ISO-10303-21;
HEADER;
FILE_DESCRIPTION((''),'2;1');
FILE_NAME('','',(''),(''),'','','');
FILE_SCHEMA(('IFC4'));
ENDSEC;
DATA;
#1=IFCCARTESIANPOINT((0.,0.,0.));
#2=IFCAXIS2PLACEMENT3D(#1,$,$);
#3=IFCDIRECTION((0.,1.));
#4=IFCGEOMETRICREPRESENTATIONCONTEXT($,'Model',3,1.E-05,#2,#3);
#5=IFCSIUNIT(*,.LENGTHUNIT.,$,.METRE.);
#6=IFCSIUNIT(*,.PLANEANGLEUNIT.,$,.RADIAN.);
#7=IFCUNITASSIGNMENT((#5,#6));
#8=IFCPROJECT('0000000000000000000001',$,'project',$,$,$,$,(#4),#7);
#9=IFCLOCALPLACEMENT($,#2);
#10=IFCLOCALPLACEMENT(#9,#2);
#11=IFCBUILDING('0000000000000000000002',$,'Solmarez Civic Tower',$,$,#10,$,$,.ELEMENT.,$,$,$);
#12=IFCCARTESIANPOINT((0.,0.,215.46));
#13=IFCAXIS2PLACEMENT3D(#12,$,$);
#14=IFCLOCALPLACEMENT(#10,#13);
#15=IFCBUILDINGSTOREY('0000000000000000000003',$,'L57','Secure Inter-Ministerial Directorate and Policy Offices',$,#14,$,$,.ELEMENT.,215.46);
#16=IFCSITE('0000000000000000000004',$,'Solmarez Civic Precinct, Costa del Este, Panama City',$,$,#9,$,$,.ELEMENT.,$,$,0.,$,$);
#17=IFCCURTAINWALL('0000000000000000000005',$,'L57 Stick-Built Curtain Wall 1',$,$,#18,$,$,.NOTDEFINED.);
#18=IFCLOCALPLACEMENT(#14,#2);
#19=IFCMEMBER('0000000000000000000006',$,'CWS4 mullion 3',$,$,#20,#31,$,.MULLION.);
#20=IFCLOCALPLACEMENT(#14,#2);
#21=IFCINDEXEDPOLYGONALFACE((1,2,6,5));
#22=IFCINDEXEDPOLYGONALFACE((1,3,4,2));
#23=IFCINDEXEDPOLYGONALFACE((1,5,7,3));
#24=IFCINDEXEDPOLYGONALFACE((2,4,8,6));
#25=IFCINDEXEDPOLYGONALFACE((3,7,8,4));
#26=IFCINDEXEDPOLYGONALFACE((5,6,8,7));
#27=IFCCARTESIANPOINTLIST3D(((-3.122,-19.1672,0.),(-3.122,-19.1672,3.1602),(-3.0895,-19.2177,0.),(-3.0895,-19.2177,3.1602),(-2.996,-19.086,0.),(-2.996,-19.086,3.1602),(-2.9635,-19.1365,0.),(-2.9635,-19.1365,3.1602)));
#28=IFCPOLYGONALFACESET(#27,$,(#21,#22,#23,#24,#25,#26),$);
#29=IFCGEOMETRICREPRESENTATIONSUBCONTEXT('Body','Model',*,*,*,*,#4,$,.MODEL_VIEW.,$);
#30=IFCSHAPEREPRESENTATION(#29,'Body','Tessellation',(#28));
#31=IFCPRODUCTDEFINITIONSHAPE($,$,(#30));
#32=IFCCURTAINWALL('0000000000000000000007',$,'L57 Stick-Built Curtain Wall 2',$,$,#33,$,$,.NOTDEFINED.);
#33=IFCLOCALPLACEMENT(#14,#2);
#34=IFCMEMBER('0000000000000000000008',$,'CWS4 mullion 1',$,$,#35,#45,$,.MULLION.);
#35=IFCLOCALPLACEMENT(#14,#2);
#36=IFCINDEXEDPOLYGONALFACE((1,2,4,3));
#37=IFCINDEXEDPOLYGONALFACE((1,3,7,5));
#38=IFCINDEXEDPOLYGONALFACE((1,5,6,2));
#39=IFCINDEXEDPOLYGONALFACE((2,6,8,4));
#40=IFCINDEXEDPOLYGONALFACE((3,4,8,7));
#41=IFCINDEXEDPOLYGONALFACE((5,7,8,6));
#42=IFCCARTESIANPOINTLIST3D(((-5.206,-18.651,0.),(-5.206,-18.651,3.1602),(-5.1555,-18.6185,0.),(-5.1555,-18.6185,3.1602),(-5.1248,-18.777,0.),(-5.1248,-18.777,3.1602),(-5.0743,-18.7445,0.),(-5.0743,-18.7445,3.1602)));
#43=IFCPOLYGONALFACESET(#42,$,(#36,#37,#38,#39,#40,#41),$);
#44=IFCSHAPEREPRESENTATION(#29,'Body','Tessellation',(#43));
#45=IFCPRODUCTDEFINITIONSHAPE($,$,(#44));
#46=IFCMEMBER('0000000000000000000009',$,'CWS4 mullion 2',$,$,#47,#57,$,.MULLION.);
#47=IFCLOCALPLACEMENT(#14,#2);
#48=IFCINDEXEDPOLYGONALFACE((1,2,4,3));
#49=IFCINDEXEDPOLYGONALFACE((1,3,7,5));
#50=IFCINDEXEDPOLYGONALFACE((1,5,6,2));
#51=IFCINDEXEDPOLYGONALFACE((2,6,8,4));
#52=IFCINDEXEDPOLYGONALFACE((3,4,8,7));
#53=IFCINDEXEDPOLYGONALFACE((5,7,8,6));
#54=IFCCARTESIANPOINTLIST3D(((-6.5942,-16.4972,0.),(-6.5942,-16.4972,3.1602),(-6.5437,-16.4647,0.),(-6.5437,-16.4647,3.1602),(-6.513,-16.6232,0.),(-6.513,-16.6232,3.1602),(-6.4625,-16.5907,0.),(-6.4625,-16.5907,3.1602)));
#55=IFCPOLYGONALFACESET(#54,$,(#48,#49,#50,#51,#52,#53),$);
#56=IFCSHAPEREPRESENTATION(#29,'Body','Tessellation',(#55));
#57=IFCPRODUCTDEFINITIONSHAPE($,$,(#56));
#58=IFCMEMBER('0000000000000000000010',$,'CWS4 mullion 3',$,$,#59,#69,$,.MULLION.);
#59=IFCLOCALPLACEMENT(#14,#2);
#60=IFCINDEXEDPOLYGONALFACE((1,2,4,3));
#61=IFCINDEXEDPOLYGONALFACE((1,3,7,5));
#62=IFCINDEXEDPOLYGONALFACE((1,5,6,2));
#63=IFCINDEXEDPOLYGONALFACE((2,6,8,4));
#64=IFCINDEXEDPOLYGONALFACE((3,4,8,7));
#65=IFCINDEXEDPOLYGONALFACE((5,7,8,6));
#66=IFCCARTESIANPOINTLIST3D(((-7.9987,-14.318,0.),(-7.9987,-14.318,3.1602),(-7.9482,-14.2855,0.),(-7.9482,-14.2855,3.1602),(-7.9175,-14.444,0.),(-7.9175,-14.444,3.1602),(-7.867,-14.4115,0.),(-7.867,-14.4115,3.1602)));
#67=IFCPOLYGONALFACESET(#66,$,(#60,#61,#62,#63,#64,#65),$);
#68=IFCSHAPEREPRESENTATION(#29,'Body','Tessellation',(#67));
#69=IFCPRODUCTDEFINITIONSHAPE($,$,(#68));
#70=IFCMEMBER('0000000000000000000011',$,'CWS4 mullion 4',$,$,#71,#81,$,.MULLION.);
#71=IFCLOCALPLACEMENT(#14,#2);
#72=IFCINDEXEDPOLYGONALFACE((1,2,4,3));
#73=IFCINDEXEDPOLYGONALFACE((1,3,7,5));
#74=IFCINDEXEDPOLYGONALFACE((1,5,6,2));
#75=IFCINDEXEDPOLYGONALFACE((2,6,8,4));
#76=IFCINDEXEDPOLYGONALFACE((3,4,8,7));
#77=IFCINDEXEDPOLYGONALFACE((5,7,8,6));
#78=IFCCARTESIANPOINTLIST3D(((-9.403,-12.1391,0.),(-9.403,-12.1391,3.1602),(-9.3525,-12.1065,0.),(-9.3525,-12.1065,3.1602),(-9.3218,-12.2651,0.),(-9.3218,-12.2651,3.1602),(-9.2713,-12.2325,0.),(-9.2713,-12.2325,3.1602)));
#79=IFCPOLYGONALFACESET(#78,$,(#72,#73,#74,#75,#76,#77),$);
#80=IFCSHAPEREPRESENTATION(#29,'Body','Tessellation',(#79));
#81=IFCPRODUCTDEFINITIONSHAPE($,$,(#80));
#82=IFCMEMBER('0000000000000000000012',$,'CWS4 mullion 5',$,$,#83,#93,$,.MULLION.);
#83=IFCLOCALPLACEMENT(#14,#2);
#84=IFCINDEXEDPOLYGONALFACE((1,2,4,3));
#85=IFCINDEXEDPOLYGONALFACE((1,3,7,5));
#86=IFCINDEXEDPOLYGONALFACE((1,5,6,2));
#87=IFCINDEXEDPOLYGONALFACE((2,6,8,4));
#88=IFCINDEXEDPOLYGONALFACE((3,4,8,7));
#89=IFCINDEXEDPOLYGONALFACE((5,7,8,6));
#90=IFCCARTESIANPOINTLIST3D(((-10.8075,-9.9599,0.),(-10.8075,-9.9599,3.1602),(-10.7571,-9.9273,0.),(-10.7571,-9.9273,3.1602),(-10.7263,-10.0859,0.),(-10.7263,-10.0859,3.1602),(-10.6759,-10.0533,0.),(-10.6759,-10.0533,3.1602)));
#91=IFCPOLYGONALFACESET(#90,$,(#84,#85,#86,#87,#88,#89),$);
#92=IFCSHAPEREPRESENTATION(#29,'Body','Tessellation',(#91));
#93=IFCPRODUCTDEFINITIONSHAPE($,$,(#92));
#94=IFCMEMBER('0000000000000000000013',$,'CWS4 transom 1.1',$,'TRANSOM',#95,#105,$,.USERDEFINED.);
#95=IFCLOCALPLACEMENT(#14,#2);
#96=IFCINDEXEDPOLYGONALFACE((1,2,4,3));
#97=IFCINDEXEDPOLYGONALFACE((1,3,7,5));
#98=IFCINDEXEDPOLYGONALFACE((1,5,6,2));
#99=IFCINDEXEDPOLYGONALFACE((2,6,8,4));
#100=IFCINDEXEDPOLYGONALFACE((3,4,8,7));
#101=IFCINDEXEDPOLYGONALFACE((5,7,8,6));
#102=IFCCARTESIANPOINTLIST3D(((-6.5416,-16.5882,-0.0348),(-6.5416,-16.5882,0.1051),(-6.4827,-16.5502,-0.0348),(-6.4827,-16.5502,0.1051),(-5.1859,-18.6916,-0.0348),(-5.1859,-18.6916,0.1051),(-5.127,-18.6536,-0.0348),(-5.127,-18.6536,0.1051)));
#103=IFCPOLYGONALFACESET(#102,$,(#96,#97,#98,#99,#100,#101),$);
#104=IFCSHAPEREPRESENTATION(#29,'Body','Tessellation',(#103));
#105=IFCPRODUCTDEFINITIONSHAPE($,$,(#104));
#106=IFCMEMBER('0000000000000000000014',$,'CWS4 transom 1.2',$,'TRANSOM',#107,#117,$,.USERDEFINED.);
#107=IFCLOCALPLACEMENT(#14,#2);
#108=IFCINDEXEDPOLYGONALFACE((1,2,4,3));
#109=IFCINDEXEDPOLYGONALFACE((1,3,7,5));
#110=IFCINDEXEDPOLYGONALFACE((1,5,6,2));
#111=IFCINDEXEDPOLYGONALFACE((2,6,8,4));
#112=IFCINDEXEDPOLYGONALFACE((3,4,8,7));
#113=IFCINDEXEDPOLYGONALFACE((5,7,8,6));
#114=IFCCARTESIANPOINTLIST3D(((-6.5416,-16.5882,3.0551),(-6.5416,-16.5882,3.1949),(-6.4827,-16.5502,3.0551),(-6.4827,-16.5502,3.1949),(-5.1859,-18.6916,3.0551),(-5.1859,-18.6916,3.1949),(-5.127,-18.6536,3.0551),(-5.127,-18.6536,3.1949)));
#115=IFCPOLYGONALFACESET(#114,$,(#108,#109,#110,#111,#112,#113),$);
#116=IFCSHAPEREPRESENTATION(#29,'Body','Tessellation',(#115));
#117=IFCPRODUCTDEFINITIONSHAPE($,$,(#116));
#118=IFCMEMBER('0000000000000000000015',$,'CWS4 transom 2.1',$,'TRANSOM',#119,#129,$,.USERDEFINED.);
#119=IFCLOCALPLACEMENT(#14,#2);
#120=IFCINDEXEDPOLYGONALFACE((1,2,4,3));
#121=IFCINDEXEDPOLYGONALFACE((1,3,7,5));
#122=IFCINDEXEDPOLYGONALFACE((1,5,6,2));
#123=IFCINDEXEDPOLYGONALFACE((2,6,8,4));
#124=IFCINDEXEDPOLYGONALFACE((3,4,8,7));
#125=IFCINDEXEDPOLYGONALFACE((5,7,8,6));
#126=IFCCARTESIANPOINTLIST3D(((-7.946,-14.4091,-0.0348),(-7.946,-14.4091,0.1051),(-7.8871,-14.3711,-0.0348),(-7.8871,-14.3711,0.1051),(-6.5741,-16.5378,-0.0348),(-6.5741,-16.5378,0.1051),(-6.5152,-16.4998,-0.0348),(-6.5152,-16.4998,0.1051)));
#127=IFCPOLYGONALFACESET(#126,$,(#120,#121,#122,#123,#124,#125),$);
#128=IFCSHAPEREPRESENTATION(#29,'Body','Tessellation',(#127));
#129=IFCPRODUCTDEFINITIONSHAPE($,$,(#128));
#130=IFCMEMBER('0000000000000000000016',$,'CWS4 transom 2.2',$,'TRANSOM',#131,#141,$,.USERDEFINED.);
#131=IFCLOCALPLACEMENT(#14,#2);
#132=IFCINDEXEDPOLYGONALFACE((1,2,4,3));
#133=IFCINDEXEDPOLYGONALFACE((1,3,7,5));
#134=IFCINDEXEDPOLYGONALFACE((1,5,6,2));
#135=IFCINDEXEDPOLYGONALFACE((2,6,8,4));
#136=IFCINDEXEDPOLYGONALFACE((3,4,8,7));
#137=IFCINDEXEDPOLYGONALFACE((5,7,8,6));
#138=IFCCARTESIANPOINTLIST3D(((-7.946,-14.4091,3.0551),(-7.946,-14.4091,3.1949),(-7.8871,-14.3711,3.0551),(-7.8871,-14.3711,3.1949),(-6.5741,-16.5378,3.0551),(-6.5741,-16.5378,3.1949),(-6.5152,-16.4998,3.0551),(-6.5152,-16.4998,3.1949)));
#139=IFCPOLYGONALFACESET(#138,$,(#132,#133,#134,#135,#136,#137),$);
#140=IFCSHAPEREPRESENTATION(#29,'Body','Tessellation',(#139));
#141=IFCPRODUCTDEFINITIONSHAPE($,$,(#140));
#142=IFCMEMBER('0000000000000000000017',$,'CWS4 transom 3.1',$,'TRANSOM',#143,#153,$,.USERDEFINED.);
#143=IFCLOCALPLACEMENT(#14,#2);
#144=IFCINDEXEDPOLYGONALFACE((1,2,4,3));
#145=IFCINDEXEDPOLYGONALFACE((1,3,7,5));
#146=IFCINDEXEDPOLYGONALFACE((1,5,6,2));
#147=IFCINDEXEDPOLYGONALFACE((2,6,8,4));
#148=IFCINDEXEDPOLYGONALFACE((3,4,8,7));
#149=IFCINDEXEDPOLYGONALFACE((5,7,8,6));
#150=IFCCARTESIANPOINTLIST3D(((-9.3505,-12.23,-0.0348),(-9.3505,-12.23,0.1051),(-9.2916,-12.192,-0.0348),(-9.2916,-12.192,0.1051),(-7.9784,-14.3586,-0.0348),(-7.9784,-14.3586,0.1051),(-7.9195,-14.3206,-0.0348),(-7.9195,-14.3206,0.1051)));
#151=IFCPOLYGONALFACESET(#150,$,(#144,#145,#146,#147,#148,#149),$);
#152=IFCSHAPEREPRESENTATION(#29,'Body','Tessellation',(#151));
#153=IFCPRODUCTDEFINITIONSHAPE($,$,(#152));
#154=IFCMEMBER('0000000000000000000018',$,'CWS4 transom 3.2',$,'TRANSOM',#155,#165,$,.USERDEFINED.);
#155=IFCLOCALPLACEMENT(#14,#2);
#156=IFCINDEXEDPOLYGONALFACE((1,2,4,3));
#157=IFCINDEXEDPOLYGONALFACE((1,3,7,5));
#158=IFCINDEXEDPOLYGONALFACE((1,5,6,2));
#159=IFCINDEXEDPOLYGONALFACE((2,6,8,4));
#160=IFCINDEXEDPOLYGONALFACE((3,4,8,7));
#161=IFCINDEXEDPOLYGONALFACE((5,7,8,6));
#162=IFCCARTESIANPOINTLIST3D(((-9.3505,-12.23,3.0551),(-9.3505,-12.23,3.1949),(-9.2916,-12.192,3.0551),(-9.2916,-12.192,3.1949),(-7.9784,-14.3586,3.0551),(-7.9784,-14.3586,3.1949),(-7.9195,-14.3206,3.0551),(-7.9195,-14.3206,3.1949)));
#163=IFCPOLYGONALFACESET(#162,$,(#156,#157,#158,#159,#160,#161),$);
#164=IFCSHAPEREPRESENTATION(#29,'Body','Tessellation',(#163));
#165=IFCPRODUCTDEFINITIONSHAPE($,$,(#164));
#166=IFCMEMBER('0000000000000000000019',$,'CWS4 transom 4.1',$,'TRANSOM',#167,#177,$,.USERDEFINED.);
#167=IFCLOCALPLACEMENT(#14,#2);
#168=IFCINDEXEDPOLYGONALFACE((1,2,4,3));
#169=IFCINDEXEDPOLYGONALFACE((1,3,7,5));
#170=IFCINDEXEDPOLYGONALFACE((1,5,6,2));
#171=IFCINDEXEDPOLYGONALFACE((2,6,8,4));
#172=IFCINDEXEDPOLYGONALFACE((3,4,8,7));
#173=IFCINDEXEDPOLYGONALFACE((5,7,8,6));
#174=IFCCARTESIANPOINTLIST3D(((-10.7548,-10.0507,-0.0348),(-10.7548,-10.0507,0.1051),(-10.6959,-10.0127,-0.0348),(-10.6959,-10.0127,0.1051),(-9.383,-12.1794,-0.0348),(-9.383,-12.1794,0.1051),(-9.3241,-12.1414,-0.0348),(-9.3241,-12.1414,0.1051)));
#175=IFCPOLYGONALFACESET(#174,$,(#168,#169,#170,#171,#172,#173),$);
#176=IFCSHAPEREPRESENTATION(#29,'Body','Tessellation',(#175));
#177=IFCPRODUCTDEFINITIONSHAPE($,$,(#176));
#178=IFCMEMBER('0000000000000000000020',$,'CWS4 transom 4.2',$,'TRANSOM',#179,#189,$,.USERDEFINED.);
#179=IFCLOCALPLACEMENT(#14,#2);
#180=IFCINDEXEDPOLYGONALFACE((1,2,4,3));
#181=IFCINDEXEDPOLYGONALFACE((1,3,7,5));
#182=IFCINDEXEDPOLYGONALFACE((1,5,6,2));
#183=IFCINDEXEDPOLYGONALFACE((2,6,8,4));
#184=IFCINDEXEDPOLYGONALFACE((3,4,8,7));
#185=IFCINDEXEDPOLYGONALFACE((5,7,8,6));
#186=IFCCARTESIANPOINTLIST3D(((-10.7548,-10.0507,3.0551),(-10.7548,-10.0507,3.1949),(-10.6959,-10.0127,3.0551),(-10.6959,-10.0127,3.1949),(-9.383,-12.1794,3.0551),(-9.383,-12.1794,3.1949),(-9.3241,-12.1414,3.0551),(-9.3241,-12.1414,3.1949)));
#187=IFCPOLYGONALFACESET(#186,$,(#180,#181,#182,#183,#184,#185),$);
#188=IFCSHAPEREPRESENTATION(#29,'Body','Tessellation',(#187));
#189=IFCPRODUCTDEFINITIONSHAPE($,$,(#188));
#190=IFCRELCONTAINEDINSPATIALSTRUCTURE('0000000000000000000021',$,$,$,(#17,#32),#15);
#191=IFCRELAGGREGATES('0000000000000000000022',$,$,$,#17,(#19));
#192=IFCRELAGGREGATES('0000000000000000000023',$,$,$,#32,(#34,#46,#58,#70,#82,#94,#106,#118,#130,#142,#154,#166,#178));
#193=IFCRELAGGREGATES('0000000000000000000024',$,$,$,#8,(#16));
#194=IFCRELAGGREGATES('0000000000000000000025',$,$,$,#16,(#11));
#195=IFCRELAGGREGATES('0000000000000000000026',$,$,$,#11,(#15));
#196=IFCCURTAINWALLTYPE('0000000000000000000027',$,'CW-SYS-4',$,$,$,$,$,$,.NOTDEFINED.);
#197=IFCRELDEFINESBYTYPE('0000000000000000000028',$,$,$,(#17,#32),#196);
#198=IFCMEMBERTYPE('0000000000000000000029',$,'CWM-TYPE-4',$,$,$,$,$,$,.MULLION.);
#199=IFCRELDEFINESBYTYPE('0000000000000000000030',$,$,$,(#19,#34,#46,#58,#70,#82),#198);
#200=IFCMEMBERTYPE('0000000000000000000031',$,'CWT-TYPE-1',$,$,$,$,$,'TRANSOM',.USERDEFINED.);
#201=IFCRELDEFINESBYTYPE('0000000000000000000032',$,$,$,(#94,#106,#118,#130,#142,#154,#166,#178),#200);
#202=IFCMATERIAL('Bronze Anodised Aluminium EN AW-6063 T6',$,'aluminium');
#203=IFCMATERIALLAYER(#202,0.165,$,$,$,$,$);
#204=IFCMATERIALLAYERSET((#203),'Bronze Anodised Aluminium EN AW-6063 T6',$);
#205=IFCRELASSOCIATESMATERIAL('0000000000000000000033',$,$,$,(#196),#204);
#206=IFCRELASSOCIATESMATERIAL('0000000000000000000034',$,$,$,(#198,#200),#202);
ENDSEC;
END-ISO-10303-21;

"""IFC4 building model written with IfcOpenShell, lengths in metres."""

from ifc_helpers import new_model, si_unit, direction, frame, origin, origin_2d, place, context, subcontext, project, spatial, rectangle, extrude, material, layer, layer_set, material_profile, profile_set, type_object, element, aggregate, save


model = new_model("IFC4")

# Units and contexts
model_context = context("Model", 3, precision=1e-05, world=origin(), true_north=direction((0.0, 1.0)))
body_context = subcontext(model_context, "Body", "Model", "MODEL_VIEW")
ifc_project = project(units=[si_unit("LENGTHUNIT", "METRE"), si_unit("PLANEANGLEUNIT", "RADIAN")], contexts=[model_context])

# Site, building, storey
site_placement = place(None, origin())
site = spatial("IfcSite", under=ifc_project, at=site_placement, Name="Solmarez Civic Precinct, Costa del Este, Panama City", CompositionType="ELEMENT", RefElevation=0.0)
building_placement = place(site_placement, origin())
building = spatial("IfcBuilding", under=site, at=building_placement, Name="Solmarez Civic Tower", CompositionType="ELEMENT")
storey_placement = place(building_placement, frame((0.0, 0.0, 215.46)))
storey = spatial("IfcBuildingStorey", under=building, at=storey_placement, Name="L57", Description="Secure Inter-Ministerial Directorate and Policy Offices", CompositionType="ELEMENT", Elevation=215.46)

# Curtain wall, member
ifc_material_1 = material(Name="Bronze Anodised Aluminium EN AW-6063 T6", Category="aluminium")
ifc_layer_1 = layer(ifc_material_1, 0.165)
ifc_layer_set_1 = layer_set([ifc_layer_1], Name="Bronze Anodised Aluminium EN AW-6063 T6")
curtain_wall_type = type_object("IfcCurtainWallType", Name="CW-SYS-4", PredefinedType="NOTDEFINED", material=ifc_layer_set_1)
curtain_wall_1_placement = place(storey_placement, origin())
curtain_wall_1 = element("IfcCurtainWall", 1, at=curtain_wall_1_placement, inside=storey, type_object=curtain_wall_type, Name="L57 Stick-Built Curtain Wall 1", PredefinedType="NOTDEFINED")
ifc_material_profile_1 = material_profile(ifc_material_1, rectangle(XDim=0.0601, YDim=0.1499, at=origin_2d()), Name="CWM-60X150")
ifc_profile_set_1 = profile_set([ifc_material_profile_1], Name="Bronze Anodised Aluminium EN AW-6063 T6")
member_type_1 = type_object("IfcMemberType", Name="CWM-TYPE-4", PredefinedType="MULLION", material=ifc_profile_set_1)
member_1_placement = place(storey_placement, frame((-3.0427, -19.1519, 0.0), z_axis=(0.0, 0.0, 1.0), x_axis=(0.541723, -0.840557, 0.0)))
member_1 = element("IfcMember", 2, at=member_1_placement, type_object=member_type_1, Name="CWS4 mullion 3", PredefinedType="MULLION", context=body_context, shape_type="SweptSolid", body=[
    extrude(rectangle(XDim=0.0601, YDim=0.1499, at=origin_2d()), origin(), (0.0, 0.0, 1.0), 3.1602),
])

# Curtain wall, members
curtain_wall_2_placement = place(storey_placement, origin())
curtain_wall_2 = element("IfcCurtainWall", 3, at=curtain_wall_2_placement, inside=storey, type_object=curtain_wall_type, Name="L57 Stick-Built Curtain Wall 2", PredefinedType="NOTDEFINED")
member_2_placement = place(storey_placement, frame((-5.1401, -18.6978, 0.0), z_axis=(0.0, 0.0, 1.0), x_axis=(-0.840555, -0.541726, 0.0)))
member_2 = element("IfcMember", 4, at=member_2_placement, type_object=member_type_1, Name="CWS4 mullion 1", PredefinedType="MULLION", context=body_context, shape_type="SweptSolid", body=[
    extrude(rectangle(XDim=0.0601, YDim=0.1499, at=origin_2d()), origin(), (0.0, 0.0, 1.0), 3.1602),
])
member_3_placement = place(storey_placement, frame((-6.5283, -16.5439, 0.0), z_axis=(0.0, 0.0, 1.0), x_axis=(-0.840555, -0.541726, 0.0)))
member_3 = element("IfcMember", 5, at=member_3_placement, type_object=member_type_1, Name="CWS4 mullion 2", PredefinedType="MULLION", context=body_context, shape_type="SweptSolid", body=[
    extrude(rectangle(XDim=0.0601, YDim=0.1499, at=origin_2d()), origin(), (0.0, 0.0, 1.0), 3.1602),
])
member_4_placement = place(storey_placement, frame((-7.9329, -14.3647, 0.0), z_axis=(0.0, 0.0, 1.0), x_axis=(-0.840555, -0.541726, 0.0)))
member_4 = element("IfcMember", 6, at=member_4_placement, type_object=member_type_1, Name="CWS4 mullion 3", PredefinedType="MULLION", context=body_context, shape_type="SweptSolid", body=[
    extrude(rectangle(XDim=0.0601, YDim=0.1499, at=origin_2d()), origin(), (0.0, 0.0, 1.0), 3.1602),
])
member_5_placement = place(storey_placement, frame((-9.3372, -12.1858, 0.0), z_axis=(0.0, 0.0, 1.0), x_axis=(-0.840555, -0.541726, 0.0)))
member_5 = element("IfcMember", 7, at=member_5_placement, type_object=member_type_1, Name="CWS4 mullion 4", PredefinedType="MULLION", context=body_context, shape_type="SweptSolid", body=[
    extrude(rectangle(XDim=0.0601, YDim=0.1499, at=origin_2d()), origin(), (0.0, 0.0, 1.0), 3.1602),
])
member_6_placement = place(storey_placement, frame((-10.7417, -10.0066, 0.0), z_axis=(0.0, 0.0, 1.0), x_axis=(-0.840555, -0.541726, 0.0)))
member_6 = element("IfcMember", 8, at=member_6_placement, type_object=member_type_1, Name="CWS4 mullion 5", PredefinedType="MULLION", context=body_context, shape_type="SweptSolid", body=[
    extrude(rectangle(XDim=0.0601, YDim=0.1499, at=origin_2d()), origin(), (0.0, 0.0, 1.0), 3.1602),
])
ifc_material_profile_2 = material_profile(ifc_material_1, rectangle(XDim=0.0701, YDim=0.1399, at=origin_2d()), Name="CWT-70X140")
ifc_profile_set_2 = profile_set([ifc_material_profile_2], Name="Bronze Anodised Aluminium EN AW-6063 T6")
member_type_2 = type_object("IfcMemberType", Name="CWT-TYPE-1", ElementType="TRANSOM", PredefinedType="USERDEFINED", material=ifc_profile_set_2)
member_7_placement = place(storey_placement, frame((-5.1565, -18.6726, 0.0352), z_axis=(-0.541734, 0.84055, 0.0), x_axis=(-0.84055, -0.541734, 0.0)))
member_7 = element("IfcMember", 9, at=member_7_placement, type_object=member_type_2, Name="CWS4 transom 1.1", ObjectType="TRANSOM", PredefinedType="USERDEFINED", context=body_context, shape_type="SweptSolid", body=[
    extrude(rectangle(XDim=0.0701, YDim=0.1399, at=origin_2d()), origin(), (0.0, 0.0, 1.0), 2.5024),
])
member_8_placement = place(storey_placement, frame((-5.1565, -18.6726, 3.125), z_axis=(-0.541734, 0.84055, 0.0), x_axis=(-0.84055, -0.541734, 0.0)))
member_8 = element("IfcMember", 10, at=member_8_placement, type_object=member_type_2, Name="CWS4 transom 1.2", ObjectType="TRANSOM", PredefinedType="USERDEFINED", context=body_context, shape_type="SweptSolid", body=[
    extrude(rectangle(XDim=0.0701, YDim=0.1399, at=origin_2d()), origin(), (0.0, 0.0, 1.0), 2.5024),
])
member_9_placement = place(storey_placement, frame((-6.5447, -16.5188, 0.0352), z_axis=(-0.541707, 0.840567, 0.0), x_axis=(-0.840567, -0.541707, 0.0)))
member_9 = element("IfcMember", 11, at=member_9_placement, type_object=member_type_2, Name="CWS4 transom 2.1", ObjectType="TRANSOM", PredefinedType="USERDEFINED", context=body_context, shape_type="SweptSolid", body=[
    extrude(rectangle(XDim=0.0701, YDim=0.1399, at=origin_2d()), origin(), (0.0, 0.0, 1.0), 2.5325),
])
member_10_placement = place(storey_placement, frame((-6.5447, -16.5188, 3.125), z_axis=(-0.541707, 0.840567, 0.0), x_axis=(-0.840567, -0.541707, 0.0)))
member_10 = element("IfcMember", 12, at=member_10_placement, type_object=member_type_2, Name="CWS4 transom 2.2", ObjectType="TRANSOM", PredefinedType="USERDEFINED", context=body_context, shape_type="SweptSolid", body=[
    extrude(rectangle(XDim=0.0701, YDim=0.1399, at=origin_2d()), origin(), (0.0, 0.0, 1.0), 2.5325),
])
member_11_placement = place(storey_placement, frame((-7.949, -14.3396, 0.0352), z_axis=(-0.541775, 0.840523, 0.0), x_axis=(-0.840523, -0.541775, 0.0)))
member_11 = element("IfcMember", 13, at=member_11_placement, type_object=member_type_2, Name="CWS4 transom 3.1", ObjectType="TRANSOM", PredefinedType="USERDEFINED", context=body_context, shape_type="SweptSolid", body=[
    extrude(rectangle(XDim=0.0701, YDim=0.1399, at=origin_2d()), origin(), (0.0, 0.0, 1.0), 2.5325),
])
member_12_placement = place(storey_placement, frame((-7.949, -14.3396, 3.125), z_axis=(-0.541775, 0.840523, 0.0), x_axis=(-0.840523, -0.541775, 0.0)))
member_12 = element("IfcMember", 14, at=member_12_placement, type_object=member_type_2, Name="CWS4 transom 3.2", ObjectType="TRANSOM", PredefinedType="USERDEFINED", context=body_context, shape_type="SweptSolid", body=[
    extrude(rectangle(XDim=0.0701, YDim=0.1399, at=origin_2d()), origin(), (0.0, 0.0, 1.0), 2.5325),
])
member_13_placement = place(storey_placement, frame((-9.3535, -12.1604, 0.0352), z_axis=(-0.541707, 0.840567, 0.0), x_axis=(-0.840567, -0.541707, 0.0)))
member_13 = element("IfcMember", 15, at=member_13_placement, type_object=member_type_2, Name="CWS4 transom 4.1", ObjectType="TRANSOM", PredefinedType="USERDEFINED", context=body_context, shape_type="SweptSolid", body=[
    extrude(rectangle(XDim=0.0701, YDim=0.1399, at=origin_2d()), origin(), (0.0, 0.0, 1.0), 2.5325),
])
member_14_placement = place(storey_placement, frame((-9.3535, -12.1604, 3.125), z_axis=(-0.541707, 0.840567, 0.0), x_axis=(-0.840567, -0.541707, 0.0)))
member_14 = element("IfcMember", 16, at=member_14_placement, type_object=member_type_2, Name="CWS4 transom 4.2", ObjectType="TRANSOM", PredefinedType="USERDEFINED", context=body_context, shape_type="SweptSolid", body=[
    extrude(rectangle(XDim=0.0701, YDim=0.1399, at=origin_2d()), origin(), (0.0, 0.0, 1.0), 2.5325),
])

aggregate(curtain_wall_1, [member_1])
aggregate(curtain_wall_2, [member_2, member_3, member_4, member_5, member_6, member_7, member_8, member_9, member_10, member_11, member_12, member_13, member_14])

save(model, "model.ifc")
